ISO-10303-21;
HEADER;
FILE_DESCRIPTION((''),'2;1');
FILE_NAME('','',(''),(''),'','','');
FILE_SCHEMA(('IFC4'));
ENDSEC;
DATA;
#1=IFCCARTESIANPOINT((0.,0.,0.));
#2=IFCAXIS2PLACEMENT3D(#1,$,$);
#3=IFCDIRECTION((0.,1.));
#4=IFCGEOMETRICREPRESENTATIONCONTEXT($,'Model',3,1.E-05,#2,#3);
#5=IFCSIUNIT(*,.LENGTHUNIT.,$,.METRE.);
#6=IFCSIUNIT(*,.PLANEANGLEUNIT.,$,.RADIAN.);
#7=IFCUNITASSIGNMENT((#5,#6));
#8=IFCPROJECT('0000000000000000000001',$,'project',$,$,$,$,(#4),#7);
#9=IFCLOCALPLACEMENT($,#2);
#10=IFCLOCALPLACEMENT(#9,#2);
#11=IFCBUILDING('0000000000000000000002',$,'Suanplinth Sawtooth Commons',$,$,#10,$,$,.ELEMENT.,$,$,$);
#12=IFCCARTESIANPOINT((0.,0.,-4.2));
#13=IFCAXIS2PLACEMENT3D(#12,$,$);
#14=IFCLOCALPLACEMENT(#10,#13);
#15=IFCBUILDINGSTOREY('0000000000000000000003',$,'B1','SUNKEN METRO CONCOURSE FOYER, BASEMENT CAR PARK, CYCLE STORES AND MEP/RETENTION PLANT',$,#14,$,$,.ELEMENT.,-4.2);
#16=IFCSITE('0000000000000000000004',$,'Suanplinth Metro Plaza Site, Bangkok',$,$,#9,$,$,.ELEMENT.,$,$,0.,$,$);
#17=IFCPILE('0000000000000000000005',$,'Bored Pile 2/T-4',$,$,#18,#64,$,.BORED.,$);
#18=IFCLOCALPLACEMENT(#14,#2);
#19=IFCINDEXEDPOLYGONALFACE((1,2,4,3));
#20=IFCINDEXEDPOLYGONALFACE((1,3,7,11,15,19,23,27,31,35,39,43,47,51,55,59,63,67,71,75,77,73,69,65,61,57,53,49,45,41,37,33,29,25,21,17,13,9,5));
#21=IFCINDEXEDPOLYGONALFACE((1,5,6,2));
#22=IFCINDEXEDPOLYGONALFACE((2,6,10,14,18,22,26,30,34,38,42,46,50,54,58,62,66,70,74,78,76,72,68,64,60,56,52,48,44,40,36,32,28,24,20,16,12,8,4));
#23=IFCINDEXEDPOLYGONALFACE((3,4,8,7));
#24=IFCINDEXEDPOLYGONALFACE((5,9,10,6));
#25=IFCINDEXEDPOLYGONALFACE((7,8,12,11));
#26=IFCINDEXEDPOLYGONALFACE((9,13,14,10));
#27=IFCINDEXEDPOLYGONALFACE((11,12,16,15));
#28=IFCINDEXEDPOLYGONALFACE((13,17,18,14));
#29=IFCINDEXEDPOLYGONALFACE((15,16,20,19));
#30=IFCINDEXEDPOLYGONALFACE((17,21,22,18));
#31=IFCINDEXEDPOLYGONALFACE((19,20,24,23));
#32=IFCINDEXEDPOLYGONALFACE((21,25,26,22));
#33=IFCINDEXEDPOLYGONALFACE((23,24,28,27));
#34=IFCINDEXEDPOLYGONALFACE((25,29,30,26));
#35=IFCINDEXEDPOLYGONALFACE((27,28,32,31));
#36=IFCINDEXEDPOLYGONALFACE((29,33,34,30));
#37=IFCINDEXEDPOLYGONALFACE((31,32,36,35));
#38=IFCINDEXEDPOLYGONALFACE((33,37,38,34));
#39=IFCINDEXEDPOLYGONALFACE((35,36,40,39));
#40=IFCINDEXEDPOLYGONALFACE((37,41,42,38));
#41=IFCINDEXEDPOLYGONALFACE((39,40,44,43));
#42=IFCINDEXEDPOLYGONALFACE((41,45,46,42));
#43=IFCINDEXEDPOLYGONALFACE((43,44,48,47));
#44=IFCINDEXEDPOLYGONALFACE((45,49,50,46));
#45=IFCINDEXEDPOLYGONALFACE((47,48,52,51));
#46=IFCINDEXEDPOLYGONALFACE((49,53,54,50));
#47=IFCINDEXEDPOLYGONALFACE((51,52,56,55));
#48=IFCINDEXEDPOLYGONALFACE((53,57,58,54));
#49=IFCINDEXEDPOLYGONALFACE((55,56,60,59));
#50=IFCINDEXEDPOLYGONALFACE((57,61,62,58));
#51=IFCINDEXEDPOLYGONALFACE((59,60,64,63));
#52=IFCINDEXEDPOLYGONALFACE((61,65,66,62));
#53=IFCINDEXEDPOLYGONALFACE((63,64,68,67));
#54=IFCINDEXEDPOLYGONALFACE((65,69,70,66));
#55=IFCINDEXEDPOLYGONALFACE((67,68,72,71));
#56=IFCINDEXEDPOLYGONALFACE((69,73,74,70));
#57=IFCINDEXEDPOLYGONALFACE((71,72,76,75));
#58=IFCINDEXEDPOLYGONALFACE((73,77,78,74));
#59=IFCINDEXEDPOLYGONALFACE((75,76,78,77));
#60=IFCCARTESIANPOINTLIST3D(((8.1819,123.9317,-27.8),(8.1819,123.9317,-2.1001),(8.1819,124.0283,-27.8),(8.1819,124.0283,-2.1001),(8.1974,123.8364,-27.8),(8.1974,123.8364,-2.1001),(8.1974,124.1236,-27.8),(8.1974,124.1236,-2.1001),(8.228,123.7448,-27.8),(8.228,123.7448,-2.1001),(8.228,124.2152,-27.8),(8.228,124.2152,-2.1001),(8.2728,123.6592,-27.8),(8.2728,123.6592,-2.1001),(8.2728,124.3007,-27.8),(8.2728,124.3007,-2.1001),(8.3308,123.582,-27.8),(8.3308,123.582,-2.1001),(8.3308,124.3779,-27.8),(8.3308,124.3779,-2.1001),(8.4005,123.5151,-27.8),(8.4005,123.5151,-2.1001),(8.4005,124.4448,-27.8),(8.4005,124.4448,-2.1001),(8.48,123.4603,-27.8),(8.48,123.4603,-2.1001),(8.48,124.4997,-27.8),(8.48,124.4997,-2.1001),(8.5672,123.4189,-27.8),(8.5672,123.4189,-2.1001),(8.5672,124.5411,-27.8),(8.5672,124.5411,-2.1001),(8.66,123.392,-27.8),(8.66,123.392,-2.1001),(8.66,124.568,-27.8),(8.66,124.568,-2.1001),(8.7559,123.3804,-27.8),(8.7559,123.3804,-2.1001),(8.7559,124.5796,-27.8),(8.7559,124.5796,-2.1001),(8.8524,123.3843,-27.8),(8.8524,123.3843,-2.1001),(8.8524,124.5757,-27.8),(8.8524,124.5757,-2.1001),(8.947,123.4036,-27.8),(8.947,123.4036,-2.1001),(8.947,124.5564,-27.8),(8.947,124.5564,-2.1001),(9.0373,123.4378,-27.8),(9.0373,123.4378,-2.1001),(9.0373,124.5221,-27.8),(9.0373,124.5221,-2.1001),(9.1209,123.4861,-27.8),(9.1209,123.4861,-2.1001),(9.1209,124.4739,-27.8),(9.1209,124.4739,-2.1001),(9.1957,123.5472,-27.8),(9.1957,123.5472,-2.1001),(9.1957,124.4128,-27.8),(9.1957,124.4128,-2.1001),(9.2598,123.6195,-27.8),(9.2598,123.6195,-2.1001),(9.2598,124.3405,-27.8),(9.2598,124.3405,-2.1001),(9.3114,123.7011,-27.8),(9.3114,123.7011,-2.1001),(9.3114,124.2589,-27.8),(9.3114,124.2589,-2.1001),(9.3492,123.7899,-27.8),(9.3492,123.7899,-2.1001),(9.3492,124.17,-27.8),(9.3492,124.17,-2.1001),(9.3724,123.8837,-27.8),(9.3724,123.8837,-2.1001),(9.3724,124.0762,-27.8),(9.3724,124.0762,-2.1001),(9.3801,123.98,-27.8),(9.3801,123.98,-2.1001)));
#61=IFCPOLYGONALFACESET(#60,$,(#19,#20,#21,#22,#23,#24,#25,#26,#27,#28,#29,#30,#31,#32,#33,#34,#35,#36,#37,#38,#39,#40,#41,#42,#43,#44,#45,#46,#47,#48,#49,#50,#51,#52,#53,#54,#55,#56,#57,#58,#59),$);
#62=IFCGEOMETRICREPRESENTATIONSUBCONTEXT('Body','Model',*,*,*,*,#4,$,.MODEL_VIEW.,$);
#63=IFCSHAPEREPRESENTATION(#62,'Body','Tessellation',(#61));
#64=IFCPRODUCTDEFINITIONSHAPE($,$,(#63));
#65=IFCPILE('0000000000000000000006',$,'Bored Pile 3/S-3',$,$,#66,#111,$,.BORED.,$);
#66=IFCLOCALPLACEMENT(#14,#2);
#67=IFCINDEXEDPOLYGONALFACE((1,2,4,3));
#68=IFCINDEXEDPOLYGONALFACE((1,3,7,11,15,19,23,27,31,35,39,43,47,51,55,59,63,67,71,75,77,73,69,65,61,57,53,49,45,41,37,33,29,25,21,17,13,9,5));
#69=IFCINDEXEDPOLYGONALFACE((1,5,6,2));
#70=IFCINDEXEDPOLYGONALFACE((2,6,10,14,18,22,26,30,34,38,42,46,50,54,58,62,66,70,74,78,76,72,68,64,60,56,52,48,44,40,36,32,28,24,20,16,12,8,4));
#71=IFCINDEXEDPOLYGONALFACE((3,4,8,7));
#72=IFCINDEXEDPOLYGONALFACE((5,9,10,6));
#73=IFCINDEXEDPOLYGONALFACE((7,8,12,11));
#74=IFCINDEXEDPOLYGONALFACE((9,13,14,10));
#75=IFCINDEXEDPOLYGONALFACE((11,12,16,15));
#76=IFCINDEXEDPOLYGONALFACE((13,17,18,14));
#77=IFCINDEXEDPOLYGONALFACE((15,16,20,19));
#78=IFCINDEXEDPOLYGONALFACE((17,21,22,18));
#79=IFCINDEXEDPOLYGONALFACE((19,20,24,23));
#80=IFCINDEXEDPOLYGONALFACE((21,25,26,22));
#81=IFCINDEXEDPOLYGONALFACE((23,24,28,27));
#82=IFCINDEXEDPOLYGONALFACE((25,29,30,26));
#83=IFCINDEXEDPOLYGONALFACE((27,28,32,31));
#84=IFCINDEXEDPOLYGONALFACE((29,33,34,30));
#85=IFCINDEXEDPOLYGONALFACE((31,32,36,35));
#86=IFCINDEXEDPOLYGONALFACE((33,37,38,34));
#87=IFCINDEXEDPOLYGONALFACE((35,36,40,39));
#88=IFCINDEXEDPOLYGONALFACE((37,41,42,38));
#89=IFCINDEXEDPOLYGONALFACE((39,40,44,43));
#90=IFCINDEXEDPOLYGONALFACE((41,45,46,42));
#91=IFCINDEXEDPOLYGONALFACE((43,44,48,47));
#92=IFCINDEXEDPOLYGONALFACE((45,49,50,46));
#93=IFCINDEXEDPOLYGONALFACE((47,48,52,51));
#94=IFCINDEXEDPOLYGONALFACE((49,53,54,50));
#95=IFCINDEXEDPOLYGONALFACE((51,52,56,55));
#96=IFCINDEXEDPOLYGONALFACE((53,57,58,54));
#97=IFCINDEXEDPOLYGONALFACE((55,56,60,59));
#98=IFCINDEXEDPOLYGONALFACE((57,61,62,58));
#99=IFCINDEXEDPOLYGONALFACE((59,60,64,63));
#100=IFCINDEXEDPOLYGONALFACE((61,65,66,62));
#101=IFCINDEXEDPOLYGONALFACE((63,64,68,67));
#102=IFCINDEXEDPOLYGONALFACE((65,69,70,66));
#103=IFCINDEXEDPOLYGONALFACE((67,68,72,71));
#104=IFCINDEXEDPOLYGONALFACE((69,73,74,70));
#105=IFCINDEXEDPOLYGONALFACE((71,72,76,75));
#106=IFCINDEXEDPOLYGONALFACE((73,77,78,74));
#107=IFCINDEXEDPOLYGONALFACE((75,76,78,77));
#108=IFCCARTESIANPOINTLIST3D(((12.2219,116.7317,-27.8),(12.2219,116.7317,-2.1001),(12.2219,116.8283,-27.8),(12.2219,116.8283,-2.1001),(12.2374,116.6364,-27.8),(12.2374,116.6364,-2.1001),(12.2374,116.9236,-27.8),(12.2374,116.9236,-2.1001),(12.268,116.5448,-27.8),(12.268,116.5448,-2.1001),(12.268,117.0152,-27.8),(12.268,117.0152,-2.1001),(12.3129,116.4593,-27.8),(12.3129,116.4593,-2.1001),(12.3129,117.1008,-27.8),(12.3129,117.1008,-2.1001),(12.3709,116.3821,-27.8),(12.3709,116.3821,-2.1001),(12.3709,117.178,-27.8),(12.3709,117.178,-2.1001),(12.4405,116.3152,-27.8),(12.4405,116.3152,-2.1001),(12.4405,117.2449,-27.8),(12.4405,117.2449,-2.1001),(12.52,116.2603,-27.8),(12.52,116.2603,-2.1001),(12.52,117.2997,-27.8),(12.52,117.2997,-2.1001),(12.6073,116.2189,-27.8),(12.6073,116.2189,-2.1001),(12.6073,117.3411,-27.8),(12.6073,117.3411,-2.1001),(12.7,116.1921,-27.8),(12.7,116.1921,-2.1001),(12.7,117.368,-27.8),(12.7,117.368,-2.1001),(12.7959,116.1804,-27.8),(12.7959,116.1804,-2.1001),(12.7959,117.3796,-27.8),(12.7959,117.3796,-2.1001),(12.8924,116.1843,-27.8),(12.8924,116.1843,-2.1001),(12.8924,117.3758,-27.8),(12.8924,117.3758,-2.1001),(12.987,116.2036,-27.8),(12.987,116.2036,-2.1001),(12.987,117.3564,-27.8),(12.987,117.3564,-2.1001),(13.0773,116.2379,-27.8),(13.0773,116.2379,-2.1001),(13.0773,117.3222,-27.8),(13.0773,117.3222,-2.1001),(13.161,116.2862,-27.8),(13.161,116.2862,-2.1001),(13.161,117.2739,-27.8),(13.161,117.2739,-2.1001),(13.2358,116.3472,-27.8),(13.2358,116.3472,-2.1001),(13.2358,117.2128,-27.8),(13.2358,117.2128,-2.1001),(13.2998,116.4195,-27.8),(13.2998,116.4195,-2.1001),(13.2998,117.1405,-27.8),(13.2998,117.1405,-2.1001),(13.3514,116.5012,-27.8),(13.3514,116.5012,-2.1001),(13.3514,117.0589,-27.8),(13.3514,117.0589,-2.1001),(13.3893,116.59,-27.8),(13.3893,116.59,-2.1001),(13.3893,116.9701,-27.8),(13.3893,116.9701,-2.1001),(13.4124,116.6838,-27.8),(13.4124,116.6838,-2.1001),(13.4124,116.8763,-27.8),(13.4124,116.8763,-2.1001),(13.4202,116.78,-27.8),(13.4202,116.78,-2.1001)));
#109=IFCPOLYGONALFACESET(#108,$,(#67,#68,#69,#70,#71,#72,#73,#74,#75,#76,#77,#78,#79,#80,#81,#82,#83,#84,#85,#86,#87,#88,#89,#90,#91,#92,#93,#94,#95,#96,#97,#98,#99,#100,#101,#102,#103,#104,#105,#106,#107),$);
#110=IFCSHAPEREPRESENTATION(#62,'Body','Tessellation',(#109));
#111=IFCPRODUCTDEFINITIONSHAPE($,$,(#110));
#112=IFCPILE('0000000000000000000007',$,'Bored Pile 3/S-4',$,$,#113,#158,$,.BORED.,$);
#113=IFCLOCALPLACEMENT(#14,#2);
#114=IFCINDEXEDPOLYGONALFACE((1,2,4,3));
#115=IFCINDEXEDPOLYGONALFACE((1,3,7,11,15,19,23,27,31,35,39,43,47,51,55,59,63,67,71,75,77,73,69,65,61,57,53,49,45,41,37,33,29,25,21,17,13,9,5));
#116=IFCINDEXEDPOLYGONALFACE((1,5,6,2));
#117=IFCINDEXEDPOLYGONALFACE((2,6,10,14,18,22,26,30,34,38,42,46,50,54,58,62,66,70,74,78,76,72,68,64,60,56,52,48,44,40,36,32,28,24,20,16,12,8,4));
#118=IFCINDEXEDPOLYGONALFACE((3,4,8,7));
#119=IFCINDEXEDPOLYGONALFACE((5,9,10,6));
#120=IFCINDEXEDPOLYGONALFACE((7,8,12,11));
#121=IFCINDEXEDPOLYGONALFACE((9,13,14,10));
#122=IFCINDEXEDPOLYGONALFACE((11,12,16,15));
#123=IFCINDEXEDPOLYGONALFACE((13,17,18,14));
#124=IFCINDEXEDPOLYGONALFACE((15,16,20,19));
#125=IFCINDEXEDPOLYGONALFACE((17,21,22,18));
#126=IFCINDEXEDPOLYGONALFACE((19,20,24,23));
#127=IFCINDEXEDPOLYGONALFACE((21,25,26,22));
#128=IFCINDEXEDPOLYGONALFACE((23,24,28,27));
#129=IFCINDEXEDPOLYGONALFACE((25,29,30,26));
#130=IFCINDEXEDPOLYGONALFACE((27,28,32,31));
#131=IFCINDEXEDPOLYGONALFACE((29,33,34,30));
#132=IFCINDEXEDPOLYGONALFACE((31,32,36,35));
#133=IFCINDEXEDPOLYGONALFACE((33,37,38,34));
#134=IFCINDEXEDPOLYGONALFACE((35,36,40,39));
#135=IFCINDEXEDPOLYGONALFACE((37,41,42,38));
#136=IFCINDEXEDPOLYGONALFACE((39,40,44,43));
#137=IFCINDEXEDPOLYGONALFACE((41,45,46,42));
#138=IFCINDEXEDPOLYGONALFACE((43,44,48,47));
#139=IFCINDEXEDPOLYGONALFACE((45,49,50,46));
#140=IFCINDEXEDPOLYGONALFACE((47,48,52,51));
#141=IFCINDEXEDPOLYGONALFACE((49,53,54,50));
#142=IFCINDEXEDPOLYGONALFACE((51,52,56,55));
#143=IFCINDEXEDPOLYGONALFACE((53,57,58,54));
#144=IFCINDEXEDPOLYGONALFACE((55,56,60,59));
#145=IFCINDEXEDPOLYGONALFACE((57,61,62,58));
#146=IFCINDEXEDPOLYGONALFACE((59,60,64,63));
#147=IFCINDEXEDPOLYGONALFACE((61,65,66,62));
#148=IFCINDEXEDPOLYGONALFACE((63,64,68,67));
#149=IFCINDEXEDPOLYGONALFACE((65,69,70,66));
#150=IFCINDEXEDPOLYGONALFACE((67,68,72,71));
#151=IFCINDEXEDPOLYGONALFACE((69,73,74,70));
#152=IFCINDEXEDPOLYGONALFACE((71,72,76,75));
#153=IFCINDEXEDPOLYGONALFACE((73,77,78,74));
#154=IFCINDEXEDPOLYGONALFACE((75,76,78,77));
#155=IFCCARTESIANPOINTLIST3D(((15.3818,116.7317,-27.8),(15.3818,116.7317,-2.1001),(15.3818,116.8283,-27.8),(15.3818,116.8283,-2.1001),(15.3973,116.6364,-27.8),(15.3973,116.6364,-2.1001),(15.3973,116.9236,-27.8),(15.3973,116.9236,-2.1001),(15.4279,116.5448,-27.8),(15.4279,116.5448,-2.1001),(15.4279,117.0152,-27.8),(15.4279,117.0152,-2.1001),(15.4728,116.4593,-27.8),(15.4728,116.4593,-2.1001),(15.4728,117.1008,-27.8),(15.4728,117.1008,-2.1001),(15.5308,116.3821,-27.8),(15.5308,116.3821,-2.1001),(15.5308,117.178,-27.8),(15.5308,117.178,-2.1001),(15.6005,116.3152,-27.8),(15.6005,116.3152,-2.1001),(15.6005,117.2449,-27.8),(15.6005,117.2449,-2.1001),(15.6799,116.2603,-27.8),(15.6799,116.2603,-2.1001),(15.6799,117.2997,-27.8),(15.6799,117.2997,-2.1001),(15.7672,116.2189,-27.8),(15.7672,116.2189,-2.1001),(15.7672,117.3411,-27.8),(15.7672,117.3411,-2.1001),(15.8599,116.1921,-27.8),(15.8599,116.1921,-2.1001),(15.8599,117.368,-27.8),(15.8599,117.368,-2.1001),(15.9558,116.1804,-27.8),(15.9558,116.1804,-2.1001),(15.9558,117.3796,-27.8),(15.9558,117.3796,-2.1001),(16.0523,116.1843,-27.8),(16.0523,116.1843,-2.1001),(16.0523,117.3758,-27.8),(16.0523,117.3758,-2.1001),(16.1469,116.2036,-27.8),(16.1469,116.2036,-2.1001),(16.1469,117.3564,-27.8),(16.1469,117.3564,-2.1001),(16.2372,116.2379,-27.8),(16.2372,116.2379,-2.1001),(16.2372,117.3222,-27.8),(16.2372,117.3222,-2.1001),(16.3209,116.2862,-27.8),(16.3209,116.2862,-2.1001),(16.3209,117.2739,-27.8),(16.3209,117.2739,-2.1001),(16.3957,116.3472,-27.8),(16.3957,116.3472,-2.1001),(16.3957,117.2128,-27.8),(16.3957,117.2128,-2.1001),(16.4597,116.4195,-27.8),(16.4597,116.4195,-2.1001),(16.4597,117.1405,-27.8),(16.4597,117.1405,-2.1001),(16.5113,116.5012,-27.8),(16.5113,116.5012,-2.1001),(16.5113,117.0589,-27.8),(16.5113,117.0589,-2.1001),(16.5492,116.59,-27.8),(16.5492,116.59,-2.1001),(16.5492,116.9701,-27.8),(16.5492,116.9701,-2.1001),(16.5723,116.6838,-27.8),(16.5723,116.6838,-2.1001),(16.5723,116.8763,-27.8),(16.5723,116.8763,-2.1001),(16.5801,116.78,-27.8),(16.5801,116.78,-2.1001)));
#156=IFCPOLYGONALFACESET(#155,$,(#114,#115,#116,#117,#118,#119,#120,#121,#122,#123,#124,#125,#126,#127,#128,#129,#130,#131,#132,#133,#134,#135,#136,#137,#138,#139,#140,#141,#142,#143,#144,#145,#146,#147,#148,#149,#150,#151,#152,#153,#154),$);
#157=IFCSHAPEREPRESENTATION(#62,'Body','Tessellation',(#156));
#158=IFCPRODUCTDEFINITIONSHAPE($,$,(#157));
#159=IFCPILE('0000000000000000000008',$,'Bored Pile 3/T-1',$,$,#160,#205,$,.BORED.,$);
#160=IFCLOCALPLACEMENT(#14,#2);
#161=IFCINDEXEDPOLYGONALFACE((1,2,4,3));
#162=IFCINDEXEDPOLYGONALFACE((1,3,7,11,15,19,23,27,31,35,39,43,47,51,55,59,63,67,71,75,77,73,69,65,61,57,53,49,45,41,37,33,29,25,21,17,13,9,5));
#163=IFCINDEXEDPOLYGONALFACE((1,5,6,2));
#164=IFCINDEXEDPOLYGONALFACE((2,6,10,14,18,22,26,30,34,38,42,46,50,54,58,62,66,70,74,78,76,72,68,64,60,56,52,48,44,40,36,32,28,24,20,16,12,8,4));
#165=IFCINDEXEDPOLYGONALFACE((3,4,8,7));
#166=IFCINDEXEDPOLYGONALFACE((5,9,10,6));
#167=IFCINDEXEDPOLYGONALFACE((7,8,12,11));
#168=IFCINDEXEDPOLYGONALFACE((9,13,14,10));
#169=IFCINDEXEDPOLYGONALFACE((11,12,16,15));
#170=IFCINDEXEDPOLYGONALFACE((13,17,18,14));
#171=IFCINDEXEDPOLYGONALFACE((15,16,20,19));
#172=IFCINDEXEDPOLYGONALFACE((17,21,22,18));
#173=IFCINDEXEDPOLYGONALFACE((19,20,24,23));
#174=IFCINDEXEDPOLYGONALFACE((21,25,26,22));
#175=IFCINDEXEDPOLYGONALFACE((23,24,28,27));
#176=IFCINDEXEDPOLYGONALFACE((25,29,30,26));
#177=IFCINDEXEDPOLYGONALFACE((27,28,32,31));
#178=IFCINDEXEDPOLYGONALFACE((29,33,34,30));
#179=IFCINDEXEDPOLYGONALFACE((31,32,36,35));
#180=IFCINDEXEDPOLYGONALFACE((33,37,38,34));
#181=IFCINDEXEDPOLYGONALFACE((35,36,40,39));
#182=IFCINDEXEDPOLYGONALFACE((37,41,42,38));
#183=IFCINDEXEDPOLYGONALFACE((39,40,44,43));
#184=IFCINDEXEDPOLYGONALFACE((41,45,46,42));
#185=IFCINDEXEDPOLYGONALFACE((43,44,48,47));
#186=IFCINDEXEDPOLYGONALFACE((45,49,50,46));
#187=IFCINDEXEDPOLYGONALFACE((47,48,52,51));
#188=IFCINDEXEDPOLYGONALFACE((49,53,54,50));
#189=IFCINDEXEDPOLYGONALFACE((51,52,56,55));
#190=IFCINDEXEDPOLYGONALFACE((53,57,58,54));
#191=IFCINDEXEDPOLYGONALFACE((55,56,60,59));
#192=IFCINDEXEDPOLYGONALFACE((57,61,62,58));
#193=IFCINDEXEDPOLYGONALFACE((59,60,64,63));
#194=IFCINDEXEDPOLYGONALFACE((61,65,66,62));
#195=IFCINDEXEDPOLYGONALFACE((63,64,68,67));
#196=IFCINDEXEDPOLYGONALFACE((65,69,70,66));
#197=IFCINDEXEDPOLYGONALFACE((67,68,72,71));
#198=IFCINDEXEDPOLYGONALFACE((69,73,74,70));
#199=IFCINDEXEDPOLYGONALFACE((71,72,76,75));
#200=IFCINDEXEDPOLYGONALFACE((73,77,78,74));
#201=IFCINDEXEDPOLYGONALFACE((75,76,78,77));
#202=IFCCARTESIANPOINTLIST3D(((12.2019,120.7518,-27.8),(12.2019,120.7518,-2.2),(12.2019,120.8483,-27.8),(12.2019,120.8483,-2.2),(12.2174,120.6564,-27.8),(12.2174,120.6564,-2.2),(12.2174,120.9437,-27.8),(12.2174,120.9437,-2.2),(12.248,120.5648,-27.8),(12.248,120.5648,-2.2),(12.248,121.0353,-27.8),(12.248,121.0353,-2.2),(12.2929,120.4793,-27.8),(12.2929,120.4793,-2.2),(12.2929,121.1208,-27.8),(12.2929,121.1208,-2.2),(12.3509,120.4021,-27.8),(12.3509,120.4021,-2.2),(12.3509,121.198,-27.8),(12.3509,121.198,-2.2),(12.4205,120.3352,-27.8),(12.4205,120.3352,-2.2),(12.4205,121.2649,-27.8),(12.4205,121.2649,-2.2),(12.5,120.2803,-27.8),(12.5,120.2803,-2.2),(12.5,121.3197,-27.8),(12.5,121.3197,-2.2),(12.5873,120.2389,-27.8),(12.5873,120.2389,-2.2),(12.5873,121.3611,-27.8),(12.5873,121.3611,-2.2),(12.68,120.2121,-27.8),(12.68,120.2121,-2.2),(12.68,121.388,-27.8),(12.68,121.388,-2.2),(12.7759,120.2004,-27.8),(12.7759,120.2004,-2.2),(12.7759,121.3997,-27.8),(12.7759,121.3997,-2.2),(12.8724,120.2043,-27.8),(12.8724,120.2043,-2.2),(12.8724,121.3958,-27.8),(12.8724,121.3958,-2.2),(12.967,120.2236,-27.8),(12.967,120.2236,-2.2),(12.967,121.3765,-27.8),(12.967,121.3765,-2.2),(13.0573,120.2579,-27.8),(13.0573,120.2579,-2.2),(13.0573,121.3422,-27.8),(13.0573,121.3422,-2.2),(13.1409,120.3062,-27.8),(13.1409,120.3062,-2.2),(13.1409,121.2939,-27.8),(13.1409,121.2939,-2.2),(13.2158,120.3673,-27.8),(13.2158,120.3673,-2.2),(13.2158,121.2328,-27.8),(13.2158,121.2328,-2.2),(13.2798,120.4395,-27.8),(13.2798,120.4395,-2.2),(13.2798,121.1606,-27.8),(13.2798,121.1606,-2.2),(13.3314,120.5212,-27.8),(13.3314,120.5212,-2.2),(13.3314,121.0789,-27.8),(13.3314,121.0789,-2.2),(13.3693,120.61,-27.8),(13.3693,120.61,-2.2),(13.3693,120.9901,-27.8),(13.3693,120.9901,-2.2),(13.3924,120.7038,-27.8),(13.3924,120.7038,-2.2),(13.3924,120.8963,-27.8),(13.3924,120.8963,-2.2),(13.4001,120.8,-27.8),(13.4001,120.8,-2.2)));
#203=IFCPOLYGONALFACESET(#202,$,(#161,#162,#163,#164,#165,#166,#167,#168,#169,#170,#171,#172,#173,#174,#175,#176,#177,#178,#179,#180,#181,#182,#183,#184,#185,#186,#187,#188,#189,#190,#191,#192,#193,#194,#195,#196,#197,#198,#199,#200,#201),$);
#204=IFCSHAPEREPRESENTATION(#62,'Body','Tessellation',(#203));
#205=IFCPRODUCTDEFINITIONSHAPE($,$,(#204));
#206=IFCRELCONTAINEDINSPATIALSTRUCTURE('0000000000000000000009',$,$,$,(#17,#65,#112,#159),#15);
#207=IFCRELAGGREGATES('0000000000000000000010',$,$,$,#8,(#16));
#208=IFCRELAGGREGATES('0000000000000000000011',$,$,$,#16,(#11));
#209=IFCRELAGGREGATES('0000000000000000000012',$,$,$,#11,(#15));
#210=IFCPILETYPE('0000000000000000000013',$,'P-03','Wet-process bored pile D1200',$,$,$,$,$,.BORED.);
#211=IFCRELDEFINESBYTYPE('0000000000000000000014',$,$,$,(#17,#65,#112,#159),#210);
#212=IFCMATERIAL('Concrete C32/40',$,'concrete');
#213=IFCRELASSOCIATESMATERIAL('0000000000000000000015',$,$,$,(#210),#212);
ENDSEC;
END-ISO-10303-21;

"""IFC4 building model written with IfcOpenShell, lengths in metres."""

from ifc_helpers import new_model, si_unit, direction, frame, origin, origin_2d, place, context, subcontext, project, spatial, circle, extrude, material, material_profile, profile_set, type_object, element, save


model = new_model("IFC4")

# Units and contexts
model_context = context("Model", 3, precision=1e-05, world=origin(), true_north=direction((0.0, 1.0)))
body_context = subcontext(model_context, "Body", "Model", "MODEL_VIEW")
ifc_project = project(units=[si_unit("LENGTHUNIT", "METRE"), si_unit("PLANEANGLEUNIT", "RADIAN")], contexts=[model_context])

# Site, building, storey
site_placement = place(None, origin())
site = spatial("IfcSite", under=ifc_project, at=site_placement, Name="Suanplinth Metro Plaza Site, Bangkok", CompositionType="ELEMENT", RefElevation=0.0)
building_placement = place(site_placement, origin())
building = spatial("IfcBuilding", under=site, at=building_placement, Name="Suanplinth Sawtooth Commons", CompositionType="ELEMENT")
storey_placement = place(building_placement, frame((0.0, 0.0, -4.2)))
storey = spatial("IfcBuildingStorey", under=building, at=storey_placement, Name="B1", Description="SUNKEN METRO CONCOURSE FOYER, BASEMENT CAR PARK, CYCLE STORES AND MEP/RETENTION PLANT", CompositionType="ELEMENT", Elevation=-4.2)

# Piles
ifc_material_1 = material(Name="Concrete C32/40", Category="concrete")
ifc_material_profile_1 = material_profile(ifc_material_1, circle(Radius=0.6001, at=origin_2d()), Name="PILE D1200")
ifc_profile_set_1 = profile_set([ifc_material_profile_1], Name="Concrete C32/40")
pile_type = type_object("IfcPileType", Name="P-03", Description="Wet-process bored pile D1200", PredefinedType="BORED", material=ifc_profile_set_1)
for number, where, z_axis, x_axis, name in (
    (1, (8.78, 123.98, -2.1001), (0.0, 0.0, -1.0), (1.0, 0.0, 0.0), "Bored Pile 2/T-4"),
    (2, (12.8201, 116.78, -2.1001), (0.0, 0.0, -1.0), (1.0, 0.0, 0.0), "Bored Pile 3/S-3"),
    (3, (15.98, 116.78, -2.1001), (0.0, 0.0, -1.0), (1.0, 0.0, 0.0), "Bored Pile 3/S-4"),
):
    element("IfcPile", number, at=place(storey_placement, frame(where, z_axis=z_axis, x_axis=x_axis)), inside=storey, type_object=pile_type, Name=name, PredefinedType="BORED", context=body_context, shape_type="SweptSolid", body=[
        extrude(circle(Radius=0.6001, at=origin_2d()), origin(), (0.0, 0.0, 1.0), 25.7),
    ])
for number, where, z_axis, x_axis, name in (
    (4, (12.8, 120.8, -2.2), (0.0, 0.0, -1.0), (1.0, 0.0, 0.0), "Bored Pile 3/T-1"),
):
    element("IfcPile", number, at=place(storey_placement, frame(where, z_axis=z_axis, x_axis=x_axis)), inside=storey, type_object=pile_type, Name=name, PredefinedType="BORED", context=body_context, shape_type="SweptSolid", body=[
        extrude(circle(Radius=0.6001, at=origin_2d()), origin(), (0.0, 0.0, 1.0), 25.6001),
    ])

save(model, "model.ifc")
